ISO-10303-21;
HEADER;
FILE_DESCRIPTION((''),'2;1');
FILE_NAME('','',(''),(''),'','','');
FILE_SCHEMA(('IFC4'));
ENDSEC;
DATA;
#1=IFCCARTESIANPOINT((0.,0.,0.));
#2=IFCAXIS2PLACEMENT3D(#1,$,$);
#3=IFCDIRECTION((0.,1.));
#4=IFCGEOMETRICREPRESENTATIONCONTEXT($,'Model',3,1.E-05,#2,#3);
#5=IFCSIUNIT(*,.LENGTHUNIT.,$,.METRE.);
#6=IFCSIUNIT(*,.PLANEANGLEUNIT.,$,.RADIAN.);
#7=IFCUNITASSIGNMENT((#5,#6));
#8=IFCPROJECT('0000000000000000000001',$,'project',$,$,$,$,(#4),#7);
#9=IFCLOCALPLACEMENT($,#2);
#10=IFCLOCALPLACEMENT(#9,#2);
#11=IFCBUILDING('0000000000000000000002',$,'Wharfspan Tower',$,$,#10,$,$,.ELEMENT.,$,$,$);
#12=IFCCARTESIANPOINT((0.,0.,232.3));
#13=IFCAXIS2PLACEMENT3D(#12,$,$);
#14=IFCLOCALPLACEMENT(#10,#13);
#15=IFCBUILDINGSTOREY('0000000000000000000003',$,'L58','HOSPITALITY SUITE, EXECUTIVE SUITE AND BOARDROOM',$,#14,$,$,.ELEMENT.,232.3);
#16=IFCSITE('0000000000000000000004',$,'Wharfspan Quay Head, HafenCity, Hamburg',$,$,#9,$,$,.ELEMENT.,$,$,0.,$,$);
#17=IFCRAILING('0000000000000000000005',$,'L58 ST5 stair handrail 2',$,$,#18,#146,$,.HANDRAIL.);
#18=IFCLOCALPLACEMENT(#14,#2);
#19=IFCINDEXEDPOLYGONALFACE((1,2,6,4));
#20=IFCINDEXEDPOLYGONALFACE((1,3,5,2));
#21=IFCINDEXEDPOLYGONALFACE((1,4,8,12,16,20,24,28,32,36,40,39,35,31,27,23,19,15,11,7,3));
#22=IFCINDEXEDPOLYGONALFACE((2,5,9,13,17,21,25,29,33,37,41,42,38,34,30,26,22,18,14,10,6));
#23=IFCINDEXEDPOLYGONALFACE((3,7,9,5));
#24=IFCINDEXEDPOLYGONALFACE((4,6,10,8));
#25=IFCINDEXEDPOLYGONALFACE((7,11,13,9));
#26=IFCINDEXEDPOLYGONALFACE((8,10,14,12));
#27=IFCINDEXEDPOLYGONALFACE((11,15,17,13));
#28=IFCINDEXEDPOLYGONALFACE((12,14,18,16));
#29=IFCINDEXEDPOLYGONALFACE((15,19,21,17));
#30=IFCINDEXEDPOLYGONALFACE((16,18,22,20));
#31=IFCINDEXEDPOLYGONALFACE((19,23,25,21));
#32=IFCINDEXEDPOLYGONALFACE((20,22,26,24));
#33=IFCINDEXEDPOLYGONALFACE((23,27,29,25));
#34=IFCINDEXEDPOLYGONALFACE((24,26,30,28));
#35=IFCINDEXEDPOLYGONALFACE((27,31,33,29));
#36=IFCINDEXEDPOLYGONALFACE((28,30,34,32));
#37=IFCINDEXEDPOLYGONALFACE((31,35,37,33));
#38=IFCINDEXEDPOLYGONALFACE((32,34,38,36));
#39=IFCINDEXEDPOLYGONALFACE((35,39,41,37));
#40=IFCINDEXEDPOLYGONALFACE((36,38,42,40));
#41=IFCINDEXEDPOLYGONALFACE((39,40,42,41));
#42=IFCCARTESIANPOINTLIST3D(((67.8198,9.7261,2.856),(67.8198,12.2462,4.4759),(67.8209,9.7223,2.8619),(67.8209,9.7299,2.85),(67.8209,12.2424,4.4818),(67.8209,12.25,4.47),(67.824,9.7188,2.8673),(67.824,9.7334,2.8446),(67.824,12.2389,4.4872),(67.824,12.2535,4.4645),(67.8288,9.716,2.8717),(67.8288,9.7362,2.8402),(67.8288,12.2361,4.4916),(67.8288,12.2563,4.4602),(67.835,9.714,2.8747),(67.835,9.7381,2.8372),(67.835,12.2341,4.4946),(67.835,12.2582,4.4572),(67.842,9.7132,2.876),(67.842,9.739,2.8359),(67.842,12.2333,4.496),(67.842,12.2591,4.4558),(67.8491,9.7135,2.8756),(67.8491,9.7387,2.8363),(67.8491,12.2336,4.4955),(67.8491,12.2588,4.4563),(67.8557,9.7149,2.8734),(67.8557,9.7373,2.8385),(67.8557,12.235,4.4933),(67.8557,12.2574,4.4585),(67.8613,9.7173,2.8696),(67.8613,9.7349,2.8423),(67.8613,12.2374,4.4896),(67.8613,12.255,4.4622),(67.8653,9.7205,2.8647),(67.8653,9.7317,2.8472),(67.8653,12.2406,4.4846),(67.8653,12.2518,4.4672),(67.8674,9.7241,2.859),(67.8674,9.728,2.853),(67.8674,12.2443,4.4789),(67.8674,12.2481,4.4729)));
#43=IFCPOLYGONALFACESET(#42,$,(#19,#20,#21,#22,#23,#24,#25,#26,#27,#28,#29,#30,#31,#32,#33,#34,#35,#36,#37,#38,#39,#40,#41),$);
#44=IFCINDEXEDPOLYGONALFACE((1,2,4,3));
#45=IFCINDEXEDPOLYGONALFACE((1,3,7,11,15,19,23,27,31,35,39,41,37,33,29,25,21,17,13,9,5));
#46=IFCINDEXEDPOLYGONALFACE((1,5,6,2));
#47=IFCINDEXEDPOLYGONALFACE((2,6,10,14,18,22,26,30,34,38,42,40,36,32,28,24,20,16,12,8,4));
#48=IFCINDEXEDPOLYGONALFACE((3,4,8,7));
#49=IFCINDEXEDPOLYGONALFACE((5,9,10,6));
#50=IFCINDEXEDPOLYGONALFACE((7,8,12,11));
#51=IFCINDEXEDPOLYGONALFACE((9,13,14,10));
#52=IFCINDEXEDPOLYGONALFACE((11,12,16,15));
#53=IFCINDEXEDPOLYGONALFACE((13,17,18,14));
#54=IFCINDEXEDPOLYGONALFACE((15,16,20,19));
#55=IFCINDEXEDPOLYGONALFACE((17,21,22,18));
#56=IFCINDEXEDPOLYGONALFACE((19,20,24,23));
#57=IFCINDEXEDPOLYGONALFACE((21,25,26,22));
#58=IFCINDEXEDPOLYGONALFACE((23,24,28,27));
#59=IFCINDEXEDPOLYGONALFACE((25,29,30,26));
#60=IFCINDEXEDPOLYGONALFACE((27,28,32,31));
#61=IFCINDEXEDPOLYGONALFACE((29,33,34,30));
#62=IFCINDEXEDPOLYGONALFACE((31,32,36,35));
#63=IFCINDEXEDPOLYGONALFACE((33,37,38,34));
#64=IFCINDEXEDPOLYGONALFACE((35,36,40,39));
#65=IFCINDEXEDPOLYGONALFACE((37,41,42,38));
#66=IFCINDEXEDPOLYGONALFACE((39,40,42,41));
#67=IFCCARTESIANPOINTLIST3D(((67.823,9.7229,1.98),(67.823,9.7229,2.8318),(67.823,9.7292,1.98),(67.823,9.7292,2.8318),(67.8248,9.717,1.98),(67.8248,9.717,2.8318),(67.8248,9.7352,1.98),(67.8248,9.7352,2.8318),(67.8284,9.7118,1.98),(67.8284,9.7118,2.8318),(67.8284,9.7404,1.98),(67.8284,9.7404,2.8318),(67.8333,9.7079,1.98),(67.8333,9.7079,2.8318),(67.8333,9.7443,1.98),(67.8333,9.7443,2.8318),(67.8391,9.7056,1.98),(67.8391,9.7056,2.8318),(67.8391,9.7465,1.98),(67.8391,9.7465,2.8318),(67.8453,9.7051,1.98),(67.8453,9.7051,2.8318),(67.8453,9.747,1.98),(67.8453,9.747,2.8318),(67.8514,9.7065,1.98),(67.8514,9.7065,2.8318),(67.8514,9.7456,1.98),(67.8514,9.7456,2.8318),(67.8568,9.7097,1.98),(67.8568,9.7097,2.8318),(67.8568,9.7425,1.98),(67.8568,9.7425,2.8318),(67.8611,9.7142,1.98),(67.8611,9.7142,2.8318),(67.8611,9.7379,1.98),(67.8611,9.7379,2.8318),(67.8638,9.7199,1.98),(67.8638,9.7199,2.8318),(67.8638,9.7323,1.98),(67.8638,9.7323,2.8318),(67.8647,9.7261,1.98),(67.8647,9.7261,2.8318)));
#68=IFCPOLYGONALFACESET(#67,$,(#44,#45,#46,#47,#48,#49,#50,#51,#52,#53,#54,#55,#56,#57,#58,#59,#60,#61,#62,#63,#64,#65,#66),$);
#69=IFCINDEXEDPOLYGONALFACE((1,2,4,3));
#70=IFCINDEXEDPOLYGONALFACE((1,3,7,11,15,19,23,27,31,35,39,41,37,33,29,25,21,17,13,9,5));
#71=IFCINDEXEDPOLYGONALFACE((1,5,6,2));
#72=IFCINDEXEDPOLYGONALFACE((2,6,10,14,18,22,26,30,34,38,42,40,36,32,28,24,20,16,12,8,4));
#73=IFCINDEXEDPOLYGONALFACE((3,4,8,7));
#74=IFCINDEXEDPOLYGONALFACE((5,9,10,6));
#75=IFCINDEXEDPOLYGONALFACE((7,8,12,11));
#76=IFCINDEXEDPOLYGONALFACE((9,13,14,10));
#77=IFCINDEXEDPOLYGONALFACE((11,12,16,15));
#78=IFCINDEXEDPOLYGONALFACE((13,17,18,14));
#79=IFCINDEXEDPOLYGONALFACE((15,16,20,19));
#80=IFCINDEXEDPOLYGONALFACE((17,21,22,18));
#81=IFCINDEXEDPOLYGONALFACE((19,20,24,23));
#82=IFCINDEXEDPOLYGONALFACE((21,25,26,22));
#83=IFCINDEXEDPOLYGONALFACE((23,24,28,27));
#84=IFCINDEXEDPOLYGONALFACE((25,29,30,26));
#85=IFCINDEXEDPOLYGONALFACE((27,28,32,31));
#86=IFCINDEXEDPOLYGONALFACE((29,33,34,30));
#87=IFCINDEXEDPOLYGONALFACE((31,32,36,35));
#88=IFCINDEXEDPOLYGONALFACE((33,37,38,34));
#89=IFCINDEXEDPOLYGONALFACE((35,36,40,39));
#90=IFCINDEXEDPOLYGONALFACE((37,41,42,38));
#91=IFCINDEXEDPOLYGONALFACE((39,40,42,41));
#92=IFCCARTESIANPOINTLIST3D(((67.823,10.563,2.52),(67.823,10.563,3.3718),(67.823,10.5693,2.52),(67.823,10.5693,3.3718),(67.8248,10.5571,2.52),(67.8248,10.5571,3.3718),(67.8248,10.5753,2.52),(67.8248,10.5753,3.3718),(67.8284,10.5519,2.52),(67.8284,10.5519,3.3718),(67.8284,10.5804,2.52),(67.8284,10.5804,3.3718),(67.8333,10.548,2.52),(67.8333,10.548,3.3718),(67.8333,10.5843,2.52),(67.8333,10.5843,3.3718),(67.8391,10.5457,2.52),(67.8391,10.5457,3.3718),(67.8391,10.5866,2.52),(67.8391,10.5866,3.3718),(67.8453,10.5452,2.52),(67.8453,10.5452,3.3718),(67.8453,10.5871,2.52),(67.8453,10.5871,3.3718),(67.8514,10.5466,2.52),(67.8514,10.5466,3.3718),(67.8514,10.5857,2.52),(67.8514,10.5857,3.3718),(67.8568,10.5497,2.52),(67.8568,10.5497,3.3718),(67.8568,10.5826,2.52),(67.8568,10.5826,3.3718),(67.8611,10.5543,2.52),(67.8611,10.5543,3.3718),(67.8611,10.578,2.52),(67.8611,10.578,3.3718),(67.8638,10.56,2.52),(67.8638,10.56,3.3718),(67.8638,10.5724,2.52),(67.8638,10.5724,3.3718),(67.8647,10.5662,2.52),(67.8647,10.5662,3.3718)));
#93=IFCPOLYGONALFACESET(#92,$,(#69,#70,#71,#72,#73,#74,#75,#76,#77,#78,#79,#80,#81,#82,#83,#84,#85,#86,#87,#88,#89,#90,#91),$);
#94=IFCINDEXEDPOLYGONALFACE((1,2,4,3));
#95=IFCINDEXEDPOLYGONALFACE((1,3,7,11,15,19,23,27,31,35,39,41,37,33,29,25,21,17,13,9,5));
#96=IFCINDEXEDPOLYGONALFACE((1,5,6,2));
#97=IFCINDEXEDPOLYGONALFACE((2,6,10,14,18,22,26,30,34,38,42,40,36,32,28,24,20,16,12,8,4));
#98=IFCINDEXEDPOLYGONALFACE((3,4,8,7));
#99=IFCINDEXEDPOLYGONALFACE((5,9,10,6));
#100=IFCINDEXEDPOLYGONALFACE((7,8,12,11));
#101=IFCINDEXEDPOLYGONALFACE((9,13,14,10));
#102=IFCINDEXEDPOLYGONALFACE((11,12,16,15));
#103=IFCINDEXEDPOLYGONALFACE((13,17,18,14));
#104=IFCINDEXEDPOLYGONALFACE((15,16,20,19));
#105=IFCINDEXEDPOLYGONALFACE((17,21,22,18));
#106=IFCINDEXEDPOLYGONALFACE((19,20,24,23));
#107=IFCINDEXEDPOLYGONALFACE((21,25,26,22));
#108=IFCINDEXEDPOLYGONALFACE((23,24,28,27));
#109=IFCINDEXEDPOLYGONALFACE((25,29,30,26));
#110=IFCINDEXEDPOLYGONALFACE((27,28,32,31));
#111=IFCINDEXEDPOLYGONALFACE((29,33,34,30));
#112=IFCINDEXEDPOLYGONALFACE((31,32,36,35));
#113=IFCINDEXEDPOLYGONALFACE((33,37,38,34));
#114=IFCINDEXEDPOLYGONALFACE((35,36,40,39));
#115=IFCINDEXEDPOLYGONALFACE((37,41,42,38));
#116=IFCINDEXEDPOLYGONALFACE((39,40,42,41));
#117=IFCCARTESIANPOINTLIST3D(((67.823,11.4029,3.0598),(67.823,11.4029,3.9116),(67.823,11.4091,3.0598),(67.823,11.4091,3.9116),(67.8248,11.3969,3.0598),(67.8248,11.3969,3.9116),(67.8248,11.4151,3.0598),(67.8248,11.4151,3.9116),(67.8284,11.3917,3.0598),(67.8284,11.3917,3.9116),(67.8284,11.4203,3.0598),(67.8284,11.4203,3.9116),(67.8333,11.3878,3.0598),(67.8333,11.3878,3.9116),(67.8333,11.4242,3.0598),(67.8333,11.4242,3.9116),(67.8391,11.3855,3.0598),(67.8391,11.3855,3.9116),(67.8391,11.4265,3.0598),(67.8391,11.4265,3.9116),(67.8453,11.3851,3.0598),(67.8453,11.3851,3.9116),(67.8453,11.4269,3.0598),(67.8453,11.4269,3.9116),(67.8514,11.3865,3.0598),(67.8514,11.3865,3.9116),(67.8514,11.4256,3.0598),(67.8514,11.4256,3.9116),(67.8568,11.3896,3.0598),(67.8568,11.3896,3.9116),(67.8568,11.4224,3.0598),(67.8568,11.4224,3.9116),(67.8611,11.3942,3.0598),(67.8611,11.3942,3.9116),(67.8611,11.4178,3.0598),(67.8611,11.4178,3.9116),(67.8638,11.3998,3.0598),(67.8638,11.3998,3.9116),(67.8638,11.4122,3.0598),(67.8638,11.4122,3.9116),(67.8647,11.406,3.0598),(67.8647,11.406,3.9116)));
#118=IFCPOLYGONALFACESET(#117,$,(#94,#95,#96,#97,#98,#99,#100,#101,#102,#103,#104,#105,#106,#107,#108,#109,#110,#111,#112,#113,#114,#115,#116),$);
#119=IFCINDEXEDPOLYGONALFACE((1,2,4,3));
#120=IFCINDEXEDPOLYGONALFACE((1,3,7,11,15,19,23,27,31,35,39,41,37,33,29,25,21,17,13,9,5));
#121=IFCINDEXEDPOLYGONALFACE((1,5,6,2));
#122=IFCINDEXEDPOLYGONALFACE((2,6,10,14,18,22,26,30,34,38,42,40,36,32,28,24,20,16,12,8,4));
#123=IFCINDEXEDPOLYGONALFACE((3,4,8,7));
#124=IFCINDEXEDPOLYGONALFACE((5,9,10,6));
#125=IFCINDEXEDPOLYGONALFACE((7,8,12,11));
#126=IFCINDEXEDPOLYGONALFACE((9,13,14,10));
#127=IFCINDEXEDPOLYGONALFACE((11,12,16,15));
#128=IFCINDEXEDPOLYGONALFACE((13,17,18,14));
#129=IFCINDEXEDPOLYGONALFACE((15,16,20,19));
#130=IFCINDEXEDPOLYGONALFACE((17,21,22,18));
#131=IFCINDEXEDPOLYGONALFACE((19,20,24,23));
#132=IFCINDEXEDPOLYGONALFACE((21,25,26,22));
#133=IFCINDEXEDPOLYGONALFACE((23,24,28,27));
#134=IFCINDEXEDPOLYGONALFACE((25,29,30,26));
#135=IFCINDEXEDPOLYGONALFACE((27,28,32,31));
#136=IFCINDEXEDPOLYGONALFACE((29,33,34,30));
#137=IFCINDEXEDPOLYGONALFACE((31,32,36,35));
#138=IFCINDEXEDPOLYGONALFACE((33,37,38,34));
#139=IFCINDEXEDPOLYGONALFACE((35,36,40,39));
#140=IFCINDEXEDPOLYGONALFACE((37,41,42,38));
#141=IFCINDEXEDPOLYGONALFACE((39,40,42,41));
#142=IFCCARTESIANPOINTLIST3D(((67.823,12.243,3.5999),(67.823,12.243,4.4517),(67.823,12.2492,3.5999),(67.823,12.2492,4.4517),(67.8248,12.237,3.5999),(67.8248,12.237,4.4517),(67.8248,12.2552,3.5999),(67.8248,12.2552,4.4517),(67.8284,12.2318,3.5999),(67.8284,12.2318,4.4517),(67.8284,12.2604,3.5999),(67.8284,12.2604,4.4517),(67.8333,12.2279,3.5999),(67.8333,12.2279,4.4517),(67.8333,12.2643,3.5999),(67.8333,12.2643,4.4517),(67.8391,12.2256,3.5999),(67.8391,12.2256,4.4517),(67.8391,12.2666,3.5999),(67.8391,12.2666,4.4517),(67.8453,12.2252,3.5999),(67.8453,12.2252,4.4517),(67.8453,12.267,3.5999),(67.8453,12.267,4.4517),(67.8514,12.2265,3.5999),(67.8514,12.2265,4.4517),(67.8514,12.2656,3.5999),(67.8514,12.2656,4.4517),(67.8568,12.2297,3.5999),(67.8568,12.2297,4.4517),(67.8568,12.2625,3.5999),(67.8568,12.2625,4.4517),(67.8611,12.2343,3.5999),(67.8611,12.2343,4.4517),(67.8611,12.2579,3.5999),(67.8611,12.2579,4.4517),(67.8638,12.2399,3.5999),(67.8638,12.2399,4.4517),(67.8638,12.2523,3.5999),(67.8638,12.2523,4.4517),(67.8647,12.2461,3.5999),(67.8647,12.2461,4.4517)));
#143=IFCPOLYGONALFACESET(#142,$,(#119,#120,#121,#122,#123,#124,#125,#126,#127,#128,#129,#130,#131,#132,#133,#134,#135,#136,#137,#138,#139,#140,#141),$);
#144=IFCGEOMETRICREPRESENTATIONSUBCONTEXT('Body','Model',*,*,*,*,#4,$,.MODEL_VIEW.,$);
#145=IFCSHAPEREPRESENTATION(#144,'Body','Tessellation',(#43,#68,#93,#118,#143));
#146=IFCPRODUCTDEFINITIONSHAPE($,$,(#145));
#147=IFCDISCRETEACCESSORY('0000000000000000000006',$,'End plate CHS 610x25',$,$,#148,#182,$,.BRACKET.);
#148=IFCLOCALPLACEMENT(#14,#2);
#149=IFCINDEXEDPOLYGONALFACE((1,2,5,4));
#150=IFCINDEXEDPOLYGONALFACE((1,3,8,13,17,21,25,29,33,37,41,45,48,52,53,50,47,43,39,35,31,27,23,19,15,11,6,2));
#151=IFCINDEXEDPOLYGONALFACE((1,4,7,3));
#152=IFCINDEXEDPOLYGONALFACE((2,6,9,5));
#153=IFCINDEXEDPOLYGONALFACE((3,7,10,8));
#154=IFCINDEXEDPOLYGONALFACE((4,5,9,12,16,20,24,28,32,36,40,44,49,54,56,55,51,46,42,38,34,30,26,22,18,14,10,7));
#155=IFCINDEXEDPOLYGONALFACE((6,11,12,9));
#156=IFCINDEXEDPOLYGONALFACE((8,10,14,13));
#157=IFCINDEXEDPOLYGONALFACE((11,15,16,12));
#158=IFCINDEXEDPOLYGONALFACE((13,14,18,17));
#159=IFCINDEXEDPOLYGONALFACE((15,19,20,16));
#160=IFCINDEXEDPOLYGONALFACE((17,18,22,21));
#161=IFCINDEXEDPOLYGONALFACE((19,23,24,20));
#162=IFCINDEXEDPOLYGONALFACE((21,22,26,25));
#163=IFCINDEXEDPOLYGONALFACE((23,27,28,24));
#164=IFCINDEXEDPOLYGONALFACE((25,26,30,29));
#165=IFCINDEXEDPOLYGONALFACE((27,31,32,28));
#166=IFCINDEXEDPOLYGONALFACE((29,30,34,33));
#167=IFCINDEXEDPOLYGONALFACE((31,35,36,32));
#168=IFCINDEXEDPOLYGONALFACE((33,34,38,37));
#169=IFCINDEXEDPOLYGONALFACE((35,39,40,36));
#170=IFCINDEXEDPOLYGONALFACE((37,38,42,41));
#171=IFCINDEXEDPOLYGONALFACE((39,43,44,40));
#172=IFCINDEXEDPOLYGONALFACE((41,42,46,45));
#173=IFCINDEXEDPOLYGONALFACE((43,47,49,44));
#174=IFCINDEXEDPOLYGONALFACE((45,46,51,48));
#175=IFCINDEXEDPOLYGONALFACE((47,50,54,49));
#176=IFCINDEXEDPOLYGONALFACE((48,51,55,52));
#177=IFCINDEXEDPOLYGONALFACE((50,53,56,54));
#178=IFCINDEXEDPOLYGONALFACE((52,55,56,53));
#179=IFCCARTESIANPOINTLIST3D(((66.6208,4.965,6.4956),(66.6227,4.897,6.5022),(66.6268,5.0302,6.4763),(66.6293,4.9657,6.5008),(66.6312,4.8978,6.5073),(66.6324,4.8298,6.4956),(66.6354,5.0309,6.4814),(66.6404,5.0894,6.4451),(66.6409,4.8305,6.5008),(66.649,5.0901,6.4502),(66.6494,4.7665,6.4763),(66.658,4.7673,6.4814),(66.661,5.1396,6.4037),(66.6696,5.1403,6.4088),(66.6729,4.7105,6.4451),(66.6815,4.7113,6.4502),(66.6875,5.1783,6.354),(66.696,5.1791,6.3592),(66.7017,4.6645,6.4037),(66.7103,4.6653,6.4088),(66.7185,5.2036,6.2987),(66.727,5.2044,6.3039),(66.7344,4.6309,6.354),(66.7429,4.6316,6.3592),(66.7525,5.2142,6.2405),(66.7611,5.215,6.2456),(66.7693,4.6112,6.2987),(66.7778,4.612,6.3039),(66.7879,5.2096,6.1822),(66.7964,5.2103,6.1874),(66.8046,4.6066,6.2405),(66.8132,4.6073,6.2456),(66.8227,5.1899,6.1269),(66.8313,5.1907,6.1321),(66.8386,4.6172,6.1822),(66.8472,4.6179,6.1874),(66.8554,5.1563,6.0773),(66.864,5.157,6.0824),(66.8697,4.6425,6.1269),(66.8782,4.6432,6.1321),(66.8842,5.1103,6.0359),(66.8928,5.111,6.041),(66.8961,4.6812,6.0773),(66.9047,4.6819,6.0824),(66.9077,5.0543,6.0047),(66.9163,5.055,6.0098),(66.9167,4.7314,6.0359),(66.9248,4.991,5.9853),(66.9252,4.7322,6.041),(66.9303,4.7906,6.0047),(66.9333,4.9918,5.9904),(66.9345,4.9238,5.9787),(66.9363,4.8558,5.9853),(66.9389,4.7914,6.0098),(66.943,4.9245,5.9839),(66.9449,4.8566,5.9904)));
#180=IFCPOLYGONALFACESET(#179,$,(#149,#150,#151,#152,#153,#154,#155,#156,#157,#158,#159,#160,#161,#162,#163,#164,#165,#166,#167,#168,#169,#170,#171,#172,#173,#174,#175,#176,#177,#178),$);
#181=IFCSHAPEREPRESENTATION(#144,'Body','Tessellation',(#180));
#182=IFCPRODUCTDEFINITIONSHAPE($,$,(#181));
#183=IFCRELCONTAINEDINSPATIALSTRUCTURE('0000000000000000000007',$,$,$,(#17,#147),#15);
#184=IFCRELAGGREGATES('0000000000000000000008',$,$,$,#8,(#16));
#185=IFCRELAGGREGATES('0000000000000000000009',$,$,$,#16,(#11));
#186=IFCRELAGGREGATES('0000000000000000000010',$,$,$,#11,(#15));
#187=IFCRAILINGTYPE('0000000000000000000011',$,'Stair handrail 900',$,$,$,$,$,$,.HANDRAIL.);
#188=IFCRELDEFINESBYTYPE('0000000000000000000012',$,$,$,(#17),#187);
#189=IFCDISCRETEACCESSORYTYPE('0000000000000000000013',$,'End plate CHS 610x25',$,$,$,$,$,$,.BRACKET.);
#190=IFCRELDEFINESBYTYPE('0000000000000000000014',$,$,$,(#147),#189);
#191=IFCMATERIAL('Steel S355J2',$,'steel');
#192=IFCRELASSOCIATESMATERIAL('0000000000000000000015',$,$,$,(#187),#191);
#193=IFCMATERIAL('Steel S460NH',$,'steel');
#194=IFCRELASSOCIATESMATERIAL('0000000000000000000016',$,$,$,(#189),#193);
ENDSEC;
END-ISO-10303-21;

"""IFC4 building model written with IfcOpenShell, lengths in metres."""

from ifc_helpers import new_model, si_unit, direction, frame, origin, origin_2d, place, context, subcontext, project, spatial, circle, extrude, material, material_profile, profile_set, type_object, element, save


model = new_model("IFC4")

# Units and contexts
model_context = context("Model", 3, precision=1e-05, world=origin(), true_north=direction((0.0, 1.0)))
body_context = subcontext(model_context, "Body", "Model", "MODEL_VIEW")
ifc_project = project(units=[si_unit("LENGTHUNIT", "METRE"), si_unit("PLANEANGLEUNIT", "RADIAN")], contexts=[model_context])

# Site, building, storey
site_placement = place(None, origin())
site = spatial("IfcSite", under=ifc_project, at=site_placement, Name="Wharfspan Quay Head, HafenCity, Hamburg", CompositionType="ELEMENT", RefElevation=0.0)
building_placement = place(site_placement, origin())
building = spatial("IfcBuilding", under=site, at=building_placement, Name="Wharfspan Tower", CompositionType="ELEMENT")
storey_placement = place(building_placement, frame((0.0, 0.0, 232.3)))
storey = spatial("IfcBuildingStorey", under=building, at=storey_placement, Name="L58", Description="HOSPITALITY SUITE, EXECUTIVE SUITE AND BOARDROOM", CompositionType="ELEMENT", Elevation=232.3)

# Shared definitions
ifc_material_1 = material(Name="Steel S355J2", Category="steel")

# Shared definitions
ifc_material_2 = material(Name="Steel S460NH", Category="steel")

# Railing
railing_type_1 = type_object("IfcRailingType", Name="Stair handrail 900", PredefinedType="HANDRAIL", material=ifc_material_1)
railing_1_placement = place(storey_placement, frame((67.8438, 9.7261, 1.98)))
element("IfcRailing", 1, at=railing_1_placement, inside=storey, type_object=railing_type_1, Name="L58 ST5 stair handrail 2", PredefinedType="HANDRAIL", context=body_context, shape_type="SweptSolid", body=[
    extrude(circle(Radius=0.0239, at=origin_2d()), frame((0.0, 0.0, 0.876), z_axis=(0.0, 0.8412, 0.540725), x_axis=(-1.0, 0.0, 0.0)), (0.0, 0.0, 1.0), 2.9958),
    extrude(circle(Radius=0.021, at=origin_2d()), origin(), (0.0, 0.0, 1.0), 0.8518),
    extrude(circle(Radius=0.021, at=origin_2d()), frame((0.0, 0.8401, 0.54)), (0.0, 0.0, 1.0), 0.8518),
    extrude(circle(Radius=0.021, at=origin_2d()), frame((0.0, 1.6799, 1.0798)), (0.0, 0.0, 1.0), 0.8518),
    extrude(circle(Radius=0.021, at=origin_2d()), frame((0.0, 2.52, 1.6199)), (0.0, 0.0, 1.0), 0.8518),
])

# Discrete accessory
ifc_material_profile_1 = material_profile(ifc_material_2, circle(Radius=0.3049, at=origin_2d()))
ifc_profile_set_1 = profile_set([ifc_material_profile_1], Name="Steel S460NH")
discrete_accessory_type = type_object("IfcDiscreteAccessoryType", Name="End plate CHS 610x25", PredefinedType="BRACKET", material=ifc_profile_set_1)
for number, where, z_axis, x_axis, name in (
    (2, (66.7786, 4.9104, 6.2405), (0.855186, 0.073302, 0.513112), (-0.085402, 0.996345, 0.000001), "End plate CHS 610x25"),
):
    element("IfcDiscreteAccessory", number, at=place(storey_placement, frame(where, z_axis=z_axis, x_axis=x_axis)), inside=storey, type_object=discrete_accessory_type, Name=name, PredefinedType="BRACKET", context=body_context, shape_type="SweptSolid", body=[
        extrude(circle(Radius=0.3049, at=origin_2d()), origin(), (0.0, 0.0, 1.0), 0.01),
    ])

save(model, "model.ifc")
